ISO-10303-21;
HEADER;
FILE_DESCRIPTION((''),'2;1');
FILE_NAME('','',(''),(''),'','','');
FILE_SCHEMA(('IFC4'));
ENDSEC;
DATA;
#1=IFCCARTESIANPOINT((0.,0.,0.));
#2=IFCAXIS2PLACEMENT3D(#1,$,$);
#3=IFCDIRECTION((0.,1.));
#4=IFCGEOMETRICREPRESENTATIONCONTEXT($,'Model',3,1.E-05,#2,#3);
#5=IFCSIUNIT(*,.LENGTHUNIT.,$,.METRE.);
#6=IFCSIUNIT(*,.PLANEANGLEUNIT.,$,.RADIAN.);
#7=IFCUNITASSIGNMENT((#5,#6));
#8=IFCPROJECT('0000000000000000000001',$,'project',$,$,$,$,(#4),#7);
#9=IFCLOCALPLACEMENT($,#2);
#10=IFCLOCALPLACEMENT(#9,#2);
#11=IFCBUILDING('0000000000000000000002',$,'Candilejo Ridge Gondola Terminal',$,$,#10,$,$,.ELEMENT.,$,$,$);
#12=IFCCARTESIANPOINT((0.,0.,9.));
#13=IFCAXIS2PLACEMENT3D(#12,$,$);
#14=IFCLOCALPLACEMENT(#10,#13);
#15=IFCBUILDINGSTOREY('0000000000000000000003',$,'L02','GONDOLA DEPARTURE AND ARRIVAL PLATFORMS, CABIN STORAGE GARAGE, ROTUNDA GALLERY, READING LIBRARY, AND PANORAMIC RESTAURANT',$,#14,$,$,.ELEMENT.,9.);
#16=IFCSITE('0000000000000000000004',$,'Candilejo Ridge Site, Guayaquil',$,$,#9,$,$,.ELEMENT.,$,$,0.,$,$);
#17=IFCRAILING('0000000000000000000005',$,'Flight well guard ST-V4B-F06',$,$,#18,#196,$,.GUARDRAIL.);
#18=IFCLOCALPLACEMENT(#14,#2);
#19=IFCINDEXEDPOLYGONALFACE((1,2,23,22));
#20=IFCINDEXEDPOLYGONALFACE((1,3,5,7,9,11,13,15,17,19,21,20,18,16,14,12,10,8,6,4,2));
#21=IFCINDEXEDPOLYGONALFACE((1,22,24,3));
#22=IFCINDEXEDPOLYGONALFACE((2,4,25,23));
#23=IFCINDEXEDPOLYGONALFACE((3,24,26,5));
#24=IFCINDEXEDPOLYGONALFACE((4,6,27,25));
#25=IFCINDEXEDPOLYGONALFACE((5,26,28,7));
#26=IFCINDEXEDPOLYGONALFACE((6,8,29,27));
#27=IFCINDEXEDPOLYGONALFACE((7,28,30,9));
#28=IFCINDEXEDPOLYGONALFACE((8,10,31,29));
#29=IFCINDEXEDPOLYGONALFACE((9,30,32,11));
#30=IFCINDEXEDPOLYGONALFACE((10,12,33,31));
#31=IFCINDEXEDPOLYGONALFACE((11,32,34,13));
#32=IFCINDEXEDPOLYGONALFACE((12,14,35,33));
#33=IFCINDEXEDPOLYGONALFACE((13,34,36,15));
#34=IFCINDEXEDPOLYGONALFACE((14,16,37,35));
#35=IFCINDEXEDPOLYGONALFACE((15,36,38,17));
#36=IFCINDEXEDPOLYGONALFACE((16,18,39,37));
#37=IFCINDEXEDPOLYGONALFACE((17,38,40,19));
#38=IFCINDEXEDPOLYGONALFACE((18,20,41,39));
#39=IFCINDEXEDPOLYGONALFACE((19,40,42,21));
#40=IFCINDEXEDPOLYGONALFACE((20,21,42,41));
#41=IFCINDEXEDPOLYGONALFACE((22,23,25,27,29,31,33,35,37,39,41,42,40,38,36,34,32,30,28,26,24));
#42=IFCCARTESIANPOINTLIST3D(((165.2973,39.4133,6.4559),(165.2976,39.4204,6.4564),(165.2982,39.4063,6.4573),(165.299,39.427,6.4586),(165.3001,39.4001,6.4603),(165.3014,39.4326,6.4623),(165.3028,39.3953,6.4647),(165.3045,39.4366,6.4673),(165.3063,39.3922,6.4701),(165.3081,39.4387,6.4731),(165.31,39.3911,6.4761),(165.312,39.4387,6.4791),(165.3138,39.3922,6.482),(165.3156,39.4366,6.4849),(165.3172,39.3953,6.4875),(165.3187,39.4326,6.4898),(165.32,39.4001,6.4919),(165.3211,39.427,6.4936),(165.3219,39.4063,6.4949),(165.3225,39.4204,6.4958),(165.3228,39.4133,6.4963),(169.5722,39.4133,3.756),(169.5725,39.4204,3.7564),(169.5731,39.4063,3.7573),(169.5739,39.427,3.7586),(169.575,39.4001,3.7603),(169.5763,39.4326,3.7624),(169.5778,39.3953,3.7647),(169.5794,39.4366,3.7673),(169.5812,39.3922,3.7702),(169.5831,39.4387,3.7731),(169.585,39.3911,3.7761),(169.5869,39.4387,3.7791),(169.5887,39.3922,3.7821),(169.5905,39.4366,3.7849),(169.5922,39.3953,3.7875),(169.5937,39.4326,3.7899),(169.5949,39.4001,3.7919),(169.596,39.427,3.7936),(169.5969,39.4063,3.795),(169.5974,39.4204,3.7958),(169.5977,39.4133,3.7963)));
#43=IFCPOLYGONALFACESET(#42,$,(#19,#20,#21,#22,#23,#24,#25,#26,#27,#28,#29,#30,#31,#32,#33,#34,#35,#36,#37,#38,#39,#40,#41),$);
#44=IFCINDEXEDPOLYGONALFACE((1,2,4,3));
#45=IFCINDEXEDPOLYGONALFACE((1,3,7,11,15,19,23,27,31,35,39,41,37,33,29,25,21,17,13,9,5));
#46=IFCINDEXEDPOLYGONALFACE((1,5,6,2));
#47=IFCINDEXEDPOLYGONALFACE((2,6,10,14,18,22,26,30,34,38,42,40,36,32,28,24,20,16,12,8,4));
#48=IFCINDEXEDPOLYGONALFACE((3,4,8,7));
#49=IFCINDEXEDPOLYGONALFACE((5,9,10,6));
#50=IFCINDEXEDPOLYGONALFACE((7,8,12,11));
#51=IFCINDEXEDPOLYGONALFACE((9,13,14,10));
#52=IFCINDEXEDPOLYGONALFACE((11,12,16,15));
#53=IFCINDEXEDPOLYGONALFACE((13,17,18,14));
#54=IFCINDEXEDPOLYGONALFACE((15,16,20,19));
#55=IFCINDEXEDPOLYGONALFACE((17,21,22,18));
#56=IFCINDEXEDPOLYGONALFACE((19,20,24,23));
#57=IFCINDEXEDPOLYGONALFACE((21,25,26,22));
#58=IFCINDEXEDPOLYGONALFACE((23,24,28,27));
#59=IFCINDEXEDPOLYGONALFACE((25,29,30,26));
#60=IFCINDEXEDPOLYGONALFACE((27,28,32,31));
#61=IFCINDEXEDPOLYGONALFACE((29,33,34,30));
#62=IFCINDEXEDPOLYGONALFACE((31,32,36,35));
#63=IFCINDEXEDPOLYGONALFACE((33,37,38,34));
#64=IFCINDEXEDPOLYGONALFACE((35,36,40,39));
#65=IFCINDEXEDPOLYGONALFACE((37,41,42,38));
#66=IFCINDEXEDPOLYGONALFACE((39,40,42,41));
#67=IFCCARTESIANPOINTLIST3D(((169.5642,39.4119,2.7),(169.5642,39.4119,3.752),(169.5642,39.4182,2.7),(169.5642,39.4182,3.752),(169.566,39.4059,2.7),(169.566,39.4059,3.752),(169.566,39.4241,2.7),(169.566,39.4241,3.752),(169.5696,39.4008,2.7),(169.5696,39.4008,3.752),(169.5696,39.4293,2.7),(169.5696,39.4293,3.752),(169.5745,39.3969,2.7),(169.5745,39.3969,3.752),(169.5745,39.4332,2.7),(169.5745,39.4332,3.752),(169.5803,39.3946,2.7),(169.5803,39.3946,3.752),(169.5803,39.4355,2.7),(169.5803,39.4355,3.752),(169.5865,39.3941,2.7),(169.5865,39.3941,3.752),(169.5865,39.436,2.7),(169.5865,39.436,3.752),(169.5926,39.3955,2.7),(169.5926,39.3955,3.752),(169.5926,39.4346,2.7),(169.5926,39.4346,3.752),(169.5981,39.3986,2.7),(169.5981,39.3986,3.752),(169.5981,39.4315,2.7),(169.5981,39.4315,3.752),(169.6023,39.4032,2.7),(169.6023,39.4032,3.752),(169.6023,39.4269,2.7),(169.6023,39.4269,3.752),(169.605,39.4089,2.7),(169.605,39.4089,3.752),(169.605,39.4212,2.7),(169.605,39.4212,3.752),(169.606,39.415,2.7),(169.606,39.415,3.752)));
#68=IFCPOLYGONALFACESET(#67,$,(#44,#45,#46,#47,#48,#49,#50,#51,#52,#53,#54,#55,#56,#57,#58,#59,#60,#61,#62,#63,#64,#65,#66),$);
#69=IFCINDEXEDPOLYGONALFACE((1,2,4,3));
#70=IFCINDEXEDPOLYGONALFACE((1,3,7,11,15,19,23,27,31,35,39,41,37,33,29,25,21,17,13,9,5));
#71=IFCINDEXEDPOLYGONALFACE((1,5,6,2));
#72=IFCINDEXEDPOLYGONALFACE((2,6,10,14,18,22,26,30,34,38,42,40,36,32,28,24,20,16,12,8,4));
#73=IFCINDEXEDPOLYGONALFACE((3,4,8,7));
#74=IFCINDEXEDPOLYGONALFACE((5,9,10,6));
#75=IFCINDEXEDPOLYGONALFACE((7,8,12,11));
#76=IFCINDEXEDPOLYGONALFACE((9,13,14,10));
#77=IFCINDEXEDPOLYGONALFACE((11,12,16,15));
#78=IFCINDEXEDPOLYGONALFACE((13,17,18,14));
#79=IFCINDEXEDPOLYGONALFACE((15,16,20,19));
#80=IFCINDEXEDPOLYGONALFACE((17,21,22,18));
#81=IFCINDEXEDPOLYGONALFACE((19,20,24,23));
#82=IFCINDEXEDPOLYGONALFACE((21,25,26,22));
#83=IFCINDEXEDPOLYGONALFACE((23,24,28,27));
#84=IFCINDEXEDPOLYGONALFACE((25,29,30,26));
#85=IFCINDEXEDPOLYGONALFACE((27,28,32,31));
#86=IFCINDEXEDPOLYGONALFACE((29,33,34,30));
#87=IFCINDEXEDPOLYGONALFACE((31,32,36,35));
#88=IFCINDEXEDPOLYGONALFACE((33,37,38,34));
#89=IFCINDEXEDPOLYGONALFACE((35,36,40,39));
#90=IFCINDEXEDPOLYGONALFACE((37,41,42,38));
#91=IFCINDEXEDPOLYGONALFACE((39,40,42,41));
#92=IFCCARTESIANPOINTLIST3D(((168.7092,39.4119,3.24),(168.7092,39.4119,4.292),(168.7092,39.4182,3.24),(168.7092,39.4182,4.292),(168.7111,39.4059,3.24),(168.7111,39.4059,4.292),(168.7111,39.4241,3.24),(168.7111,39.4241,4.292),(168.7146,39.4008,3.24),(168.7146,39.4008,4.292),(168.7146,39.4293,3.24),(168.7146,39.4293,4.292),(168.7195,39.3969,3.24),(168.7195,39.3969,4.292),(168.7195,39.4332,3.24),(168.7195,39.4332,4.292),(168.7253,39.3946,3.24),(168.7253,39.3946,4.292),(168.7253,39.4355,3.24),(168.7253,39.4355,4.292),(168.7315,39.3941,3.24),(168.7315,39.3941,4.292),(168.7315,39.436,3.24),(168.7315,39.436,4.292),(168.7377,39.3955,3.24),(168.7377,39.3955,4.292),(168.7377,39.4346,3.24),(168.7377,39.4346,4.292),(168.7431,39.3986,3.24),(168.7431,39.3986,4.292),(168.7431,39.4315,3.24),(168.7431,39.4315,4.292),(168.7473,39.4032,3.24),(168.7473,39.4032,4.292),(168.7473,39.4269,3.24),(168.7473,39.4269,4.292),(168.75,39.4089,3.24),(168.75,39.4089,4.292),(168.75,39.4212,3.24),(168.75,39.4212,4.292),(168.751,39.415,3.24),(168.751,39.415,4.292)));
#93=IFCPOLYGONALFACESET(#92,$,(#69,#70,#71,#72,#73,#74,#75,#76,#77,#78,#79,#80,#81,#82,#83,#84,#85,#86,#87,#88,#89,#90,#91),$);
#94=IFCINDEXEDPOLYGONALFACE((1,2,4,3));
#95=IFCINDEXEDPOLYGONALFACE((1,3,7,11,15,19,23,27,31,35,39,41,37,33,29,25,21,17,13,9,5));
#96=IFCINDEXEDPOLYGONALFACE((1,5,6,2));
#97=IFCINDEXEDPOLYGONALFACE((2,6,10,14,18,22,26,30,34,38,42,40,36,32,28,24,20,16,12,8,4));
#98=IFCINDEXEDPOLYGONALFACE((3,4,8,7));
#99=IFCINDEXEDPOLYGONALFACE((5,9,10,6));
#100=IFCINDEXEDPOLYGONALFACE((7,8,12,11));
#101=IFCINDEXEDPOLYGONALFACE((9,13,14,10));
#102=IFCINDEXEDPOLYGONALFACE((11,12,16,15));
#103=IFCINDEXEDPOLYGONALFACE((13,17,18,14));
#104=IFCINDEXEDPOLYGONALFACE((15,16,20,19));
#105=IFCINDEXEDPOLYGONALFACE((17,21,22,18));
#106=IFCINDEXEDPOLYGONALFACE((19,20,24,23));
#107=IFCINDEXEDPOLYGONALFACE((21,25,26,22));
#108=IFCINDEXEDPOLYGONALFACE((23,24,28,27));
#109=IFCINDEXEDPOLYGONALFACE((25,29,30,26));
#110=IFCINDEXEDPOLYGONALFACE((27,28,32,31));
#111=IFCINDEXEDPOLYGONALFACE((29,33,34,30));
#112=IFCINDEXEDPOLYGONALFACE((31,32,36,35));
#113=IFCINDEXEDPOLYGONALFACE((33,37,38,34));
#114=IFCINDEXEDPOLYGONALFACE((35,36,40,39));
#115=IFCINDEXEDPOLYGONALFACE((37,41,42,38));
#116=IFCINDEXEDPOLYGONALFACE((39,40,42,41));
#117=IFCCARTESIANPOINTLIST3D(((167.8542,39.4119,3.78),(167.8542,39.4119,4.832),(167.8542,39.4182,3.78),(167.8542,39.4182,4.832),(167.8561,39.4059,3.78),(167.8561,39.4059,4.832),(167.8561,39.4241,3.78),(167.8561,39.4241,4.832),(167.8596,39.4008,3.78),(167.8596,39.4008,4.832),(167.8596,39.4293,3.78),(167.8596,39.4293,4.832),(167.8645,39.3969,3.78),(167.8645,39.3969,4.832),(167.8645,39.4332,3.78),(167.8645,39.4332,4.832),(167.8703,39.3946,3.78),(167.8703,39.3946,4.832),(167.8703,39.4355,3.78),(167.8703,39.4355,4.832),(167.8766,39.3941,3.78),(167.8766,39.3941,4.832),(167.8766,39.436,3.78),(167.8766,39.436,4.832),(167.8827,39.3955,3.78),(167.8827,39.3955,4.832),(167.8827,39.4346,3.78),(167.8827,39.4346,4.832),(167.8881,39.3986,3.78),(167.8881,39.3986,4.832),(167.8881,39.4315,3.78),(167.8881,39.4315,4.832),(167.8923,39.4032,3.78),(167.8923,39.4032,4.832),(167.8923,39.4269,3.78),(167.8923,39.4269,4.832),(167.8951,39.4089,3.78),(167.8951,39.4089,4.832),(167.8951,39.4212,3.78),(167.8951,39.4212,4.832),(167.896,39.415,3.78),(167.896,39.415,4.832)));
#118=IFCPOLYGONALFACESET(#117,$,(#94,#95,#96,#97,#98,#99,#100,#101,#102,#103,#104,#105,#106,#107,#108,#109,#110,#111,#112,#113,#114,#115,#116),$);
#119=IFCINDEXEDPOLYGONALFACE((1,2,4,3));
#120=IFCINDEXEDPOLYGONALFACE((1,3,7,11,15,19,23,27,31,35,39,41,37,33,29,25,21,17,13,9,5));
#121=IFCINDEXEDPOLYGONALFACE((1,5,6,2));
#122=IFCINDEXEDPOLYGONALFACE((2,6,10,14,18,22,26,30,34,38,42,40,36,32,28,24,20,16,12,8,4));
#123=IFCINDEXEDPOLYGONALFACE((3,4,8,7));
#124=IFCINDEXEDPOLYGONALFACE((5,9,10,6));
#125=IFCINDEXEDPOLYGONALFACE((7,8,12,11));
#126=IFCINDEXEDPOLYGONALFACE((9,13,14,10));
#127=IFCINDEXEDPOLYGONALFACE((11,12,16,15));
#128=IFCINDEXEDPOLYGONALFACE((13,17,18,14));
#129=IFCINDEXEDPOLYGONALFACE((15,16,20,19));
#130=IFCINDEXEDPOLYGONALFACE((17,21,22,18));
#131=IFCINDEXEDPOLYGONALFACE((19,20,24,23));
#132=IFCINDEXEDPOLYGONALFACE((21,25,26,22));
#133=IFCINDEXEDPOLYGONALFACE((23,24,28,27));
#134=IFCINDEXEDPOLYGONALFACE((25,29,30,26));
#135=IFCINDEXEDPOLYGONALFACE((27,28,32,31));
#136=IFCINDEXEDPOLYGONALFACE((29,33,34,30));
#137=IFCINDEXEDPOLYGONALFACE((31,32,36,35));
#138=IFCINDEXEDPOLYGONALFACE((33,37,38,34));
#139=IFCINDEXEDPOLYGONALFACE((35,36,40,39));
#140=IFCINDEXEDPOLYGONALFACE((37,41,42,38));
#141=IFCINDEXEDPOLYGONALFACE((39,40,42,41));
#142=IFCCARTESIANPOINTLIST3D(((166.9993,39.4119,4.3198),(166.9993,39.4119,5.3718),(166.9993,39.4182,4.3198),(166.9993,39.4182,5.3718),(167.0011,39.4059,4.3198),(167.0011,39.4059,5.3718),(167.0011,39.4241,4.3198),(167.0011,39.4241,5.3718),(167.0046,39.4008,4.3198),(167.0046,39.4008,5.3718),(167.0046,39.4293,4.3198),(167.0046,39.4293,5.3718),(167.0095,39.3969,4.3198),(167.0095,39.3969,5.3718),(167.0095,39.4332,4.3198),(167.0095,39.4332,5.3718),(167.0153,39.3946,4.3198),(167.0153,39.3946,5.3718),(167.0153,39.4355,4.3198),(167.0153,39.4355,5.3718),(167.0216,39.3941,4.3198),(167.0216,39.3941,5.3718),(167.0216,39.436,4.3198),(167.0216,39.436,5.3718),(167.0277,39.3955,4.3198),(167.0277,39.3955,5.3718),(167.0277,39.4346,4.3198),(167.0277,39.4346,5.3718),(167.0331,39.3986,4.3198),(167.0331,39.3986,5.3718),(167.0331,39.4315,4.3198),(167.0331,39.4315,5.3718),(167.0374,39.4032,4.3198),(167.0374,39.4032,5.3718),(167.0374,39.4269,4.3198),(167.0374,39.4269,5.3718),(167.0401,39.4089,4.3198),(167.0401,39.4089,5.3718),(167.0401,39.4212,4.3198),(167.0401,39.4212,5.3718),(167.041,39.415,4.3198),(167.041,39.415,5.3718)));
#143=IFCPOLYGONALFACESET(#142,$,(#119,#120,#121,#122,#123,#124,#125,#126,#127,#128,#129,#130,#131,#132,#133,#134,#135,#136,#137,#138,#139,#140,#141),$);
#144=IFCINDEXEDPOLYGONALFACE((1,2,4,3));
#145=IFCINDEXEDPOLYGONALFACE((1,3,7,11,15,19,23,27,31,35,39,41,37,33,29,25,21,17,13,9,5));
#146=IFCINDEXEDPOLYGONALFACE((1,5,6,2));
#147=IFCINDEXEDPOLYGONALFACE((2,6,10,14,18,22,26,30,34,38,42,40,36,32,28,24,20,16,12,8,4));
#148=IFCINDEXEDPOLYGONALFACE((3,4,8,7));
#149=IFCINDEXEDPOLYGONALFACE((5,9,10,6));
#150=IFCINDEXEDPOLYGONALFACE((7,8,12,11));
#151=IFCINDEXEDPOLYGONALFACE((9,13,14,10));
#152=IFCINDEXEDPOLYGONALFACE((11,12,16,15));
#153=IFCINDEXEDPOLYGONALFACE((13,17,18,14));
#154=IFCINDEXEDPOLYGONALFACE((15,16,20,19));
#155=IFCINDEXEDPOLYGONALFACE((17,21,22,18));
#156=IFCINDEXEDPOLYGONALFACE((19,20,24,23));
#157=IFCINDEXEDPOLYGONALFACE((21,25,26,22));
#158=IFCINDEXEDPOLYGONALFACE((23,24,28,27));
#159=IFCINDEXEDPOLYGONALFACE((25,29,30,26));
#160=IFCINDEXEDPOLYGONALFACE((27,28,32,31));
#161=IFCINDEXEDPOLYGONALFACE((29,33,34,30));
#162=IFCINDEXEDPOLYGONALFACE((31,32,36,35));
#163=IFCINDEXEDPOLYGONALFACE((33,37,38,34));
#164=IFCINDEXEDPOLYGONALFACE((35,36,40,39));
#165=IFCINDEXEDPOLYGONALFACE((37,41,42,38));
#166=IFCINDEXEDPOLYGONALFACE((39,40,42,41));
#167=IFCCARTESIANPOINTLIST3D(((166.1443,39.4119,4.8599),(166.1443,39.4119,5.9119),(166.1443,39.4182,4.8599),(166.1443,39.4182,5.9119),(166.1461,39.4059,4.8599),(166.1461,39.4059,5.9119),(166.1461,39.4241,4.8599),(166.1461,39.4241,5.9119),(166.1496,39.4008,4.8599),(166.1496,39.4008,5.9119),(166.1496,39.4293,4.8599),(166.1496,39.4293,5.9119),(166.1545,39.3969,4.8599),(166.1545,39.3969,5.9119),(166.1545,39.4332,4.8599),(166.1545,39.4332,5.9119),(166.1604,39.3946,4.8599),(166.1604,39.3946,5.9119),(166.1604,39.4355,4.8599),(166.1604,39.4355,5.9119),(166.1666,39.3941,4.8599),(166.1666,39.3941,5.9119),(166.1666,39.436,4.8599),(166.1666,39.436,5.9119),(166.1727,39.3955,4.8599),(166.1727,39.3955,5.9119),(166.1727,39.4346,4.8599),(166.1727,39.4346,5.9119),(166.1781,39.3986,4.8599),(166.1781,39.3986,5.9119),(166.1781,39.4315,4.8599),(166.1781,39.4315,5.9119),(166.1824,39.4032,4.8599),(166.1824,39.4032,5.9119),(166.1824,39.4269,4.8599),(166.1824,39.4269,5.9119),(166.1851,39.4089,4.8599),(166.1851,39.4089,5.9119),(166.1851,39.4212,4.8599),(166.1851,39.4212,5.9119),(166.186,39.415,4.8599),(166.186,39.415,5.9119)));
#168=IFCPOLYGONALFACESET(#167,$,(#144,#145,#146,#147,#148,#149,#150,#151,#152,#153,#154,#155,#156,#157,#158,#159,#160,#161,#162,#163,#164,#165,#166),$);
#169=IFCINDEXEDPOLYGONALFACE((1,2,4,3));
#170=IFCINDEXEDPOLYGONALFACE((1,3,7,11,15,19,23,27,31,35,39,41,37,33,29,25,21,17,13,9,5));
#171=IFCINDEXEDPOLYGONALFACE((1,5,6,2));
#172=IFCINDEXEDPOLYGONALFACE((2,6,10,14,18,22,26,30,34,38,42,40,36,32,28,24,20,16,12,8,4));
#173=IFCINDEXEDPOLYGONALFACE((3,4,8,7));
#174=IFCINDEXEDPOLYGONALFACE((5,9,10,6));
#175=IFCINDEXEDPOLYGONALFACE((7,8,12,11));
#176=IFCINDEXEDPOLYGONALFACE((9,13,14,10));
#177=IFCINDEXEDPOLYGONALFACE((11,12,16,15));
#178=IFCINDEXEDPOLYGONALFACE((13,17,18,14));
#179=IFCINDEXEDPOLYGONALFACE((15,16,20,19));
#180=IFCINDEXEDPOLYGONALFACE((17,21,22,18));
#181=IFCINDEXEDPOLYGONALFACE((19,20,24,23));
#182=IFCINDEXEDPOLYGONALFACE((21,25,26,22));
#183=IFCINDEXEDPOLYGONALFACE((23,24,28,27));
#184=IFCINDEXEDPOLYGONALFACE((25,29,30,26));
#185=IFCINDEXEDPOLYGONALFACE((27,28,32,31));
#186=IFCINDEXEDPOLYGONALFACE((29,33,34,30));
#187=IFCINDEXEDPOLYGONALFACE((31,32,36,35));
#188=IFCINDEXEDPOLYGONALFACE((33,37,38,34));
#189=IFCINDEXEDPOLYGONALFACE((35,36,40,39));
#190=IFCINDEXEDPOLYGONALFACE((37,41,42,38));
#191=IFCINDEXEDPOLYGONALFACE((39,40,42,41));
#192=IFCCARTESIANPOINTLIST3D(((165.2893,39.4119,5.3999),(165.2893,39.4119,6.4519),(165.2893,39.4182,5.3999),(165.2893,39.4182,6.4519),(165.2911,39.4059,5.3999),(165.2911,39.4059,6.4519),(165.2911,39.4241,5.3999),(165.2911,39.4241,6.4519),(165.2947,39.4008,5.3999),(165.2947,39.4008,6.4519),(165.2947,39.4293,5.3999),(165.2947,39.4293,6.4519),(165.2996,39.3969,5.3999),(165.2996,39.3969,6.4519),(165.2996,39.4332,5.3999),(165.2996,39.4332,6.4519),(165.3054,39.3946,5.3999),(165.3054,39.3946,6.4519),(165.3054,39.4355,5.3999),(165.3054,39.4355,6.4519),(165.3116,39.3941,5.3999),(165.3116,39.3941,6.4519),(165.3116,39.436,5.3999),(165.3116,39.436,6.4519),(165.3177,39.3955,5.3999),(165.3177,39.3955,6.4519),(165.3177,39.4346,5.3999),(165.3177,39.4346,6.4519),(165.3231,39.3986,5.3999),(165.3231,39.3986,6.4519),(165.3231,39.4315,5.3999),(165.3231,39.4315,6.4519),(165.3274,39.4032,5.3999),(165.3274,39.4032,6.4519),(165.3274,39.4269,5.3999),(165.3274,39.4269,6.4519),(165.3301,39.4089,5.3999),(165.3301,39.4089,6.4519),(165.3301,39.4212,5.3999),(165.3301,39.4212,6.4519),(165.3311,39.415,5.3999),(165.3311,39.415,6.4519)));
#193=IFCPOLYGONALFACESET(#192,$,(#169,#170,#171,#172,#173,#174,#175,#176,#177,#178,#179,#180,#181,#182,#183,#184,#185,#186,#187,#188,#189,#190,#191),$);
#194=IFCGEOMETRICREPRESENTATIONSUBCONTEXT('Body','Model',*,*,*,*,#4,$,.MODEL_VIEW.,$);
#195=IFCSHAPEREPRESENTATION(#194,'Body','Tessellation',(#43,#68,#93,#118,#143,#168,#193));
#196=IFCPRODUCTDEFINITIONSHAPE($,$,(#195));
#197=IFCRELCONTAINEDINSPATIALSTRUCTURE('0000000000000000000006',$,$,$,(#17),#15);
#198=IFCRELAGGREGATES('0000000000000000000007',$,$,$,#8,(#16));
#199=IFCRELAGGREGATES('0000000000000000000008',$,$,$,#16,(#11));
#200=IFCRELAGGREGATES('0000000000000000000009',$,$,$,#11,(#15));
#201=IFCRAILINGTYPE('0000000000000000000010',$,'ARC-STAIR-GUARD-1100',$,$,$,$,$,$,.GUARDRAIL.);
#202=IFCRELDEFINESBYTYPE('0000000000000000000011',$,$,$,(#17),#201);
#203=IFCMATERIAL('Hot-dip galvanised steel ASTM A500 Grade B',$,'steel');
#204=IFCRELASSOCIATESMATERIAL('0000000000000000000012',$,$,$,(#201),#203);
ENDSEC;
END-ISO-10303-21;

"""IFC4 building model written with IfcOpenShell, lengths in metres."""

from ifc_helpers import new_model, si_unit, direction, frame, origin, origin_2d, place, context, subcontext, project, spatial, circle, extrude, material, type_object, element, save


model = new_model("IFC4")

# Units and contexts
model_context = context("Model", 3, precision=1e-05, world=origin(), true_north=direction((0.0, 1.0)))
body_context = subcontext(model_context, "Body", "Model", "MODEL_VIEW")
ifc_project = project(units=[si_unit("LENGTHUNIT", "METRE"), si_unit("PLANEANGLEUNIT", "RADIAN")], contexts=[model_context])

# Site, building, storey
site_placement = place(None, origin())
site = spatial("IfcSite", under=ifc_project, at=site_placement, Name="Candilejo Ridge Site, Guayaquil", CompositionType="ELEMENT", RefElevation=0.0)
building_placement = place(site_placement, origin())
building = spatial("IfcBuilding", under=site, at=building_placement, Name="Candilejo Ridge Gondola Terminal", CompositionType="ELEMENT")
storey_placement = place(building_placement, frame((0.0, 0.0, 9.0)))
storey = spatial("IfcBuildingStorey", under=building, at=storey_placement, Name="L02", Description="GONDOLA DEPARTURE AND ARRIVAL PLATFORMS, CABIN STORAGE GARAGE, ROTUNDA GALLERY, READING LIBRARY, AND PANORAMIC RESTAURANT", CompositionType="ELEMENT", Elevation=9.0)

# Railing
ifc_material_1 = material(Name="Hot-dip galvanised steel ASTM A500 Grade B", Category="steel")
railing_type_1 = type_object("IfcRailingType", Name="ARC-STAIR-GUARD-1100", PredefinedType="GUARDRAIL", material=ifc_material_1)
railing_1_placement = place(storey_placement, frame((169.585, 39.415, 2.7)))
element("IfcRailing", 1, at=railing_1_placement, inside=storey, type_object=railing_type_1, Name="Flight well guard ST-V4B-F06", PredefinedType="GUARDRAIL", context=body_context, shape_type="SweptSolid", body=[
    extrude(circle(Radius=0.0239, at=origin_2d()), frame((0.0, 0.0, 1.0762), z_axis=(-0.845488, 0.0, 0.533995), x_axis=(0.0, -1.0, 0.0)), (0.0, 0.0, 1.0), 5.0562),
    extrude(circle(Radius=0.021, at=origin_2d()), origin(), (0.0, 0.0, 1.0), 1.052),
    extrude(circle(Radius=0.021, at=origin_2d()), frame((-0.855, 0.0, 0.54)), (0.0, 0.0, 1.0), 1.052),
    extrude(circle(Radius=0.021, at=origin_2d()), frame((-1.71, 0.0, 1.0801)), (0.0, 0.0, 1.0), 1.052),
    extrude(circle(Radius=0.021, at=origin_2d()), frame((-2.5649, 0.0, 1.6199)), (0.0, 0.0, 1.0), 1.052),
    extrude(circle(Radius=0.021, at=origin_2d()), frame((-3.4199, 0.0, 2.1599)), (0.0, 0.0, 1.0), 1.052),
    extrude(circle(Radius=0.021, at=origin_2d()), frame((-4.2749, 0.0, 2.7)), (0.0, 0.0, 1.0), 1.052),
])

save(model, "model.ifc")
